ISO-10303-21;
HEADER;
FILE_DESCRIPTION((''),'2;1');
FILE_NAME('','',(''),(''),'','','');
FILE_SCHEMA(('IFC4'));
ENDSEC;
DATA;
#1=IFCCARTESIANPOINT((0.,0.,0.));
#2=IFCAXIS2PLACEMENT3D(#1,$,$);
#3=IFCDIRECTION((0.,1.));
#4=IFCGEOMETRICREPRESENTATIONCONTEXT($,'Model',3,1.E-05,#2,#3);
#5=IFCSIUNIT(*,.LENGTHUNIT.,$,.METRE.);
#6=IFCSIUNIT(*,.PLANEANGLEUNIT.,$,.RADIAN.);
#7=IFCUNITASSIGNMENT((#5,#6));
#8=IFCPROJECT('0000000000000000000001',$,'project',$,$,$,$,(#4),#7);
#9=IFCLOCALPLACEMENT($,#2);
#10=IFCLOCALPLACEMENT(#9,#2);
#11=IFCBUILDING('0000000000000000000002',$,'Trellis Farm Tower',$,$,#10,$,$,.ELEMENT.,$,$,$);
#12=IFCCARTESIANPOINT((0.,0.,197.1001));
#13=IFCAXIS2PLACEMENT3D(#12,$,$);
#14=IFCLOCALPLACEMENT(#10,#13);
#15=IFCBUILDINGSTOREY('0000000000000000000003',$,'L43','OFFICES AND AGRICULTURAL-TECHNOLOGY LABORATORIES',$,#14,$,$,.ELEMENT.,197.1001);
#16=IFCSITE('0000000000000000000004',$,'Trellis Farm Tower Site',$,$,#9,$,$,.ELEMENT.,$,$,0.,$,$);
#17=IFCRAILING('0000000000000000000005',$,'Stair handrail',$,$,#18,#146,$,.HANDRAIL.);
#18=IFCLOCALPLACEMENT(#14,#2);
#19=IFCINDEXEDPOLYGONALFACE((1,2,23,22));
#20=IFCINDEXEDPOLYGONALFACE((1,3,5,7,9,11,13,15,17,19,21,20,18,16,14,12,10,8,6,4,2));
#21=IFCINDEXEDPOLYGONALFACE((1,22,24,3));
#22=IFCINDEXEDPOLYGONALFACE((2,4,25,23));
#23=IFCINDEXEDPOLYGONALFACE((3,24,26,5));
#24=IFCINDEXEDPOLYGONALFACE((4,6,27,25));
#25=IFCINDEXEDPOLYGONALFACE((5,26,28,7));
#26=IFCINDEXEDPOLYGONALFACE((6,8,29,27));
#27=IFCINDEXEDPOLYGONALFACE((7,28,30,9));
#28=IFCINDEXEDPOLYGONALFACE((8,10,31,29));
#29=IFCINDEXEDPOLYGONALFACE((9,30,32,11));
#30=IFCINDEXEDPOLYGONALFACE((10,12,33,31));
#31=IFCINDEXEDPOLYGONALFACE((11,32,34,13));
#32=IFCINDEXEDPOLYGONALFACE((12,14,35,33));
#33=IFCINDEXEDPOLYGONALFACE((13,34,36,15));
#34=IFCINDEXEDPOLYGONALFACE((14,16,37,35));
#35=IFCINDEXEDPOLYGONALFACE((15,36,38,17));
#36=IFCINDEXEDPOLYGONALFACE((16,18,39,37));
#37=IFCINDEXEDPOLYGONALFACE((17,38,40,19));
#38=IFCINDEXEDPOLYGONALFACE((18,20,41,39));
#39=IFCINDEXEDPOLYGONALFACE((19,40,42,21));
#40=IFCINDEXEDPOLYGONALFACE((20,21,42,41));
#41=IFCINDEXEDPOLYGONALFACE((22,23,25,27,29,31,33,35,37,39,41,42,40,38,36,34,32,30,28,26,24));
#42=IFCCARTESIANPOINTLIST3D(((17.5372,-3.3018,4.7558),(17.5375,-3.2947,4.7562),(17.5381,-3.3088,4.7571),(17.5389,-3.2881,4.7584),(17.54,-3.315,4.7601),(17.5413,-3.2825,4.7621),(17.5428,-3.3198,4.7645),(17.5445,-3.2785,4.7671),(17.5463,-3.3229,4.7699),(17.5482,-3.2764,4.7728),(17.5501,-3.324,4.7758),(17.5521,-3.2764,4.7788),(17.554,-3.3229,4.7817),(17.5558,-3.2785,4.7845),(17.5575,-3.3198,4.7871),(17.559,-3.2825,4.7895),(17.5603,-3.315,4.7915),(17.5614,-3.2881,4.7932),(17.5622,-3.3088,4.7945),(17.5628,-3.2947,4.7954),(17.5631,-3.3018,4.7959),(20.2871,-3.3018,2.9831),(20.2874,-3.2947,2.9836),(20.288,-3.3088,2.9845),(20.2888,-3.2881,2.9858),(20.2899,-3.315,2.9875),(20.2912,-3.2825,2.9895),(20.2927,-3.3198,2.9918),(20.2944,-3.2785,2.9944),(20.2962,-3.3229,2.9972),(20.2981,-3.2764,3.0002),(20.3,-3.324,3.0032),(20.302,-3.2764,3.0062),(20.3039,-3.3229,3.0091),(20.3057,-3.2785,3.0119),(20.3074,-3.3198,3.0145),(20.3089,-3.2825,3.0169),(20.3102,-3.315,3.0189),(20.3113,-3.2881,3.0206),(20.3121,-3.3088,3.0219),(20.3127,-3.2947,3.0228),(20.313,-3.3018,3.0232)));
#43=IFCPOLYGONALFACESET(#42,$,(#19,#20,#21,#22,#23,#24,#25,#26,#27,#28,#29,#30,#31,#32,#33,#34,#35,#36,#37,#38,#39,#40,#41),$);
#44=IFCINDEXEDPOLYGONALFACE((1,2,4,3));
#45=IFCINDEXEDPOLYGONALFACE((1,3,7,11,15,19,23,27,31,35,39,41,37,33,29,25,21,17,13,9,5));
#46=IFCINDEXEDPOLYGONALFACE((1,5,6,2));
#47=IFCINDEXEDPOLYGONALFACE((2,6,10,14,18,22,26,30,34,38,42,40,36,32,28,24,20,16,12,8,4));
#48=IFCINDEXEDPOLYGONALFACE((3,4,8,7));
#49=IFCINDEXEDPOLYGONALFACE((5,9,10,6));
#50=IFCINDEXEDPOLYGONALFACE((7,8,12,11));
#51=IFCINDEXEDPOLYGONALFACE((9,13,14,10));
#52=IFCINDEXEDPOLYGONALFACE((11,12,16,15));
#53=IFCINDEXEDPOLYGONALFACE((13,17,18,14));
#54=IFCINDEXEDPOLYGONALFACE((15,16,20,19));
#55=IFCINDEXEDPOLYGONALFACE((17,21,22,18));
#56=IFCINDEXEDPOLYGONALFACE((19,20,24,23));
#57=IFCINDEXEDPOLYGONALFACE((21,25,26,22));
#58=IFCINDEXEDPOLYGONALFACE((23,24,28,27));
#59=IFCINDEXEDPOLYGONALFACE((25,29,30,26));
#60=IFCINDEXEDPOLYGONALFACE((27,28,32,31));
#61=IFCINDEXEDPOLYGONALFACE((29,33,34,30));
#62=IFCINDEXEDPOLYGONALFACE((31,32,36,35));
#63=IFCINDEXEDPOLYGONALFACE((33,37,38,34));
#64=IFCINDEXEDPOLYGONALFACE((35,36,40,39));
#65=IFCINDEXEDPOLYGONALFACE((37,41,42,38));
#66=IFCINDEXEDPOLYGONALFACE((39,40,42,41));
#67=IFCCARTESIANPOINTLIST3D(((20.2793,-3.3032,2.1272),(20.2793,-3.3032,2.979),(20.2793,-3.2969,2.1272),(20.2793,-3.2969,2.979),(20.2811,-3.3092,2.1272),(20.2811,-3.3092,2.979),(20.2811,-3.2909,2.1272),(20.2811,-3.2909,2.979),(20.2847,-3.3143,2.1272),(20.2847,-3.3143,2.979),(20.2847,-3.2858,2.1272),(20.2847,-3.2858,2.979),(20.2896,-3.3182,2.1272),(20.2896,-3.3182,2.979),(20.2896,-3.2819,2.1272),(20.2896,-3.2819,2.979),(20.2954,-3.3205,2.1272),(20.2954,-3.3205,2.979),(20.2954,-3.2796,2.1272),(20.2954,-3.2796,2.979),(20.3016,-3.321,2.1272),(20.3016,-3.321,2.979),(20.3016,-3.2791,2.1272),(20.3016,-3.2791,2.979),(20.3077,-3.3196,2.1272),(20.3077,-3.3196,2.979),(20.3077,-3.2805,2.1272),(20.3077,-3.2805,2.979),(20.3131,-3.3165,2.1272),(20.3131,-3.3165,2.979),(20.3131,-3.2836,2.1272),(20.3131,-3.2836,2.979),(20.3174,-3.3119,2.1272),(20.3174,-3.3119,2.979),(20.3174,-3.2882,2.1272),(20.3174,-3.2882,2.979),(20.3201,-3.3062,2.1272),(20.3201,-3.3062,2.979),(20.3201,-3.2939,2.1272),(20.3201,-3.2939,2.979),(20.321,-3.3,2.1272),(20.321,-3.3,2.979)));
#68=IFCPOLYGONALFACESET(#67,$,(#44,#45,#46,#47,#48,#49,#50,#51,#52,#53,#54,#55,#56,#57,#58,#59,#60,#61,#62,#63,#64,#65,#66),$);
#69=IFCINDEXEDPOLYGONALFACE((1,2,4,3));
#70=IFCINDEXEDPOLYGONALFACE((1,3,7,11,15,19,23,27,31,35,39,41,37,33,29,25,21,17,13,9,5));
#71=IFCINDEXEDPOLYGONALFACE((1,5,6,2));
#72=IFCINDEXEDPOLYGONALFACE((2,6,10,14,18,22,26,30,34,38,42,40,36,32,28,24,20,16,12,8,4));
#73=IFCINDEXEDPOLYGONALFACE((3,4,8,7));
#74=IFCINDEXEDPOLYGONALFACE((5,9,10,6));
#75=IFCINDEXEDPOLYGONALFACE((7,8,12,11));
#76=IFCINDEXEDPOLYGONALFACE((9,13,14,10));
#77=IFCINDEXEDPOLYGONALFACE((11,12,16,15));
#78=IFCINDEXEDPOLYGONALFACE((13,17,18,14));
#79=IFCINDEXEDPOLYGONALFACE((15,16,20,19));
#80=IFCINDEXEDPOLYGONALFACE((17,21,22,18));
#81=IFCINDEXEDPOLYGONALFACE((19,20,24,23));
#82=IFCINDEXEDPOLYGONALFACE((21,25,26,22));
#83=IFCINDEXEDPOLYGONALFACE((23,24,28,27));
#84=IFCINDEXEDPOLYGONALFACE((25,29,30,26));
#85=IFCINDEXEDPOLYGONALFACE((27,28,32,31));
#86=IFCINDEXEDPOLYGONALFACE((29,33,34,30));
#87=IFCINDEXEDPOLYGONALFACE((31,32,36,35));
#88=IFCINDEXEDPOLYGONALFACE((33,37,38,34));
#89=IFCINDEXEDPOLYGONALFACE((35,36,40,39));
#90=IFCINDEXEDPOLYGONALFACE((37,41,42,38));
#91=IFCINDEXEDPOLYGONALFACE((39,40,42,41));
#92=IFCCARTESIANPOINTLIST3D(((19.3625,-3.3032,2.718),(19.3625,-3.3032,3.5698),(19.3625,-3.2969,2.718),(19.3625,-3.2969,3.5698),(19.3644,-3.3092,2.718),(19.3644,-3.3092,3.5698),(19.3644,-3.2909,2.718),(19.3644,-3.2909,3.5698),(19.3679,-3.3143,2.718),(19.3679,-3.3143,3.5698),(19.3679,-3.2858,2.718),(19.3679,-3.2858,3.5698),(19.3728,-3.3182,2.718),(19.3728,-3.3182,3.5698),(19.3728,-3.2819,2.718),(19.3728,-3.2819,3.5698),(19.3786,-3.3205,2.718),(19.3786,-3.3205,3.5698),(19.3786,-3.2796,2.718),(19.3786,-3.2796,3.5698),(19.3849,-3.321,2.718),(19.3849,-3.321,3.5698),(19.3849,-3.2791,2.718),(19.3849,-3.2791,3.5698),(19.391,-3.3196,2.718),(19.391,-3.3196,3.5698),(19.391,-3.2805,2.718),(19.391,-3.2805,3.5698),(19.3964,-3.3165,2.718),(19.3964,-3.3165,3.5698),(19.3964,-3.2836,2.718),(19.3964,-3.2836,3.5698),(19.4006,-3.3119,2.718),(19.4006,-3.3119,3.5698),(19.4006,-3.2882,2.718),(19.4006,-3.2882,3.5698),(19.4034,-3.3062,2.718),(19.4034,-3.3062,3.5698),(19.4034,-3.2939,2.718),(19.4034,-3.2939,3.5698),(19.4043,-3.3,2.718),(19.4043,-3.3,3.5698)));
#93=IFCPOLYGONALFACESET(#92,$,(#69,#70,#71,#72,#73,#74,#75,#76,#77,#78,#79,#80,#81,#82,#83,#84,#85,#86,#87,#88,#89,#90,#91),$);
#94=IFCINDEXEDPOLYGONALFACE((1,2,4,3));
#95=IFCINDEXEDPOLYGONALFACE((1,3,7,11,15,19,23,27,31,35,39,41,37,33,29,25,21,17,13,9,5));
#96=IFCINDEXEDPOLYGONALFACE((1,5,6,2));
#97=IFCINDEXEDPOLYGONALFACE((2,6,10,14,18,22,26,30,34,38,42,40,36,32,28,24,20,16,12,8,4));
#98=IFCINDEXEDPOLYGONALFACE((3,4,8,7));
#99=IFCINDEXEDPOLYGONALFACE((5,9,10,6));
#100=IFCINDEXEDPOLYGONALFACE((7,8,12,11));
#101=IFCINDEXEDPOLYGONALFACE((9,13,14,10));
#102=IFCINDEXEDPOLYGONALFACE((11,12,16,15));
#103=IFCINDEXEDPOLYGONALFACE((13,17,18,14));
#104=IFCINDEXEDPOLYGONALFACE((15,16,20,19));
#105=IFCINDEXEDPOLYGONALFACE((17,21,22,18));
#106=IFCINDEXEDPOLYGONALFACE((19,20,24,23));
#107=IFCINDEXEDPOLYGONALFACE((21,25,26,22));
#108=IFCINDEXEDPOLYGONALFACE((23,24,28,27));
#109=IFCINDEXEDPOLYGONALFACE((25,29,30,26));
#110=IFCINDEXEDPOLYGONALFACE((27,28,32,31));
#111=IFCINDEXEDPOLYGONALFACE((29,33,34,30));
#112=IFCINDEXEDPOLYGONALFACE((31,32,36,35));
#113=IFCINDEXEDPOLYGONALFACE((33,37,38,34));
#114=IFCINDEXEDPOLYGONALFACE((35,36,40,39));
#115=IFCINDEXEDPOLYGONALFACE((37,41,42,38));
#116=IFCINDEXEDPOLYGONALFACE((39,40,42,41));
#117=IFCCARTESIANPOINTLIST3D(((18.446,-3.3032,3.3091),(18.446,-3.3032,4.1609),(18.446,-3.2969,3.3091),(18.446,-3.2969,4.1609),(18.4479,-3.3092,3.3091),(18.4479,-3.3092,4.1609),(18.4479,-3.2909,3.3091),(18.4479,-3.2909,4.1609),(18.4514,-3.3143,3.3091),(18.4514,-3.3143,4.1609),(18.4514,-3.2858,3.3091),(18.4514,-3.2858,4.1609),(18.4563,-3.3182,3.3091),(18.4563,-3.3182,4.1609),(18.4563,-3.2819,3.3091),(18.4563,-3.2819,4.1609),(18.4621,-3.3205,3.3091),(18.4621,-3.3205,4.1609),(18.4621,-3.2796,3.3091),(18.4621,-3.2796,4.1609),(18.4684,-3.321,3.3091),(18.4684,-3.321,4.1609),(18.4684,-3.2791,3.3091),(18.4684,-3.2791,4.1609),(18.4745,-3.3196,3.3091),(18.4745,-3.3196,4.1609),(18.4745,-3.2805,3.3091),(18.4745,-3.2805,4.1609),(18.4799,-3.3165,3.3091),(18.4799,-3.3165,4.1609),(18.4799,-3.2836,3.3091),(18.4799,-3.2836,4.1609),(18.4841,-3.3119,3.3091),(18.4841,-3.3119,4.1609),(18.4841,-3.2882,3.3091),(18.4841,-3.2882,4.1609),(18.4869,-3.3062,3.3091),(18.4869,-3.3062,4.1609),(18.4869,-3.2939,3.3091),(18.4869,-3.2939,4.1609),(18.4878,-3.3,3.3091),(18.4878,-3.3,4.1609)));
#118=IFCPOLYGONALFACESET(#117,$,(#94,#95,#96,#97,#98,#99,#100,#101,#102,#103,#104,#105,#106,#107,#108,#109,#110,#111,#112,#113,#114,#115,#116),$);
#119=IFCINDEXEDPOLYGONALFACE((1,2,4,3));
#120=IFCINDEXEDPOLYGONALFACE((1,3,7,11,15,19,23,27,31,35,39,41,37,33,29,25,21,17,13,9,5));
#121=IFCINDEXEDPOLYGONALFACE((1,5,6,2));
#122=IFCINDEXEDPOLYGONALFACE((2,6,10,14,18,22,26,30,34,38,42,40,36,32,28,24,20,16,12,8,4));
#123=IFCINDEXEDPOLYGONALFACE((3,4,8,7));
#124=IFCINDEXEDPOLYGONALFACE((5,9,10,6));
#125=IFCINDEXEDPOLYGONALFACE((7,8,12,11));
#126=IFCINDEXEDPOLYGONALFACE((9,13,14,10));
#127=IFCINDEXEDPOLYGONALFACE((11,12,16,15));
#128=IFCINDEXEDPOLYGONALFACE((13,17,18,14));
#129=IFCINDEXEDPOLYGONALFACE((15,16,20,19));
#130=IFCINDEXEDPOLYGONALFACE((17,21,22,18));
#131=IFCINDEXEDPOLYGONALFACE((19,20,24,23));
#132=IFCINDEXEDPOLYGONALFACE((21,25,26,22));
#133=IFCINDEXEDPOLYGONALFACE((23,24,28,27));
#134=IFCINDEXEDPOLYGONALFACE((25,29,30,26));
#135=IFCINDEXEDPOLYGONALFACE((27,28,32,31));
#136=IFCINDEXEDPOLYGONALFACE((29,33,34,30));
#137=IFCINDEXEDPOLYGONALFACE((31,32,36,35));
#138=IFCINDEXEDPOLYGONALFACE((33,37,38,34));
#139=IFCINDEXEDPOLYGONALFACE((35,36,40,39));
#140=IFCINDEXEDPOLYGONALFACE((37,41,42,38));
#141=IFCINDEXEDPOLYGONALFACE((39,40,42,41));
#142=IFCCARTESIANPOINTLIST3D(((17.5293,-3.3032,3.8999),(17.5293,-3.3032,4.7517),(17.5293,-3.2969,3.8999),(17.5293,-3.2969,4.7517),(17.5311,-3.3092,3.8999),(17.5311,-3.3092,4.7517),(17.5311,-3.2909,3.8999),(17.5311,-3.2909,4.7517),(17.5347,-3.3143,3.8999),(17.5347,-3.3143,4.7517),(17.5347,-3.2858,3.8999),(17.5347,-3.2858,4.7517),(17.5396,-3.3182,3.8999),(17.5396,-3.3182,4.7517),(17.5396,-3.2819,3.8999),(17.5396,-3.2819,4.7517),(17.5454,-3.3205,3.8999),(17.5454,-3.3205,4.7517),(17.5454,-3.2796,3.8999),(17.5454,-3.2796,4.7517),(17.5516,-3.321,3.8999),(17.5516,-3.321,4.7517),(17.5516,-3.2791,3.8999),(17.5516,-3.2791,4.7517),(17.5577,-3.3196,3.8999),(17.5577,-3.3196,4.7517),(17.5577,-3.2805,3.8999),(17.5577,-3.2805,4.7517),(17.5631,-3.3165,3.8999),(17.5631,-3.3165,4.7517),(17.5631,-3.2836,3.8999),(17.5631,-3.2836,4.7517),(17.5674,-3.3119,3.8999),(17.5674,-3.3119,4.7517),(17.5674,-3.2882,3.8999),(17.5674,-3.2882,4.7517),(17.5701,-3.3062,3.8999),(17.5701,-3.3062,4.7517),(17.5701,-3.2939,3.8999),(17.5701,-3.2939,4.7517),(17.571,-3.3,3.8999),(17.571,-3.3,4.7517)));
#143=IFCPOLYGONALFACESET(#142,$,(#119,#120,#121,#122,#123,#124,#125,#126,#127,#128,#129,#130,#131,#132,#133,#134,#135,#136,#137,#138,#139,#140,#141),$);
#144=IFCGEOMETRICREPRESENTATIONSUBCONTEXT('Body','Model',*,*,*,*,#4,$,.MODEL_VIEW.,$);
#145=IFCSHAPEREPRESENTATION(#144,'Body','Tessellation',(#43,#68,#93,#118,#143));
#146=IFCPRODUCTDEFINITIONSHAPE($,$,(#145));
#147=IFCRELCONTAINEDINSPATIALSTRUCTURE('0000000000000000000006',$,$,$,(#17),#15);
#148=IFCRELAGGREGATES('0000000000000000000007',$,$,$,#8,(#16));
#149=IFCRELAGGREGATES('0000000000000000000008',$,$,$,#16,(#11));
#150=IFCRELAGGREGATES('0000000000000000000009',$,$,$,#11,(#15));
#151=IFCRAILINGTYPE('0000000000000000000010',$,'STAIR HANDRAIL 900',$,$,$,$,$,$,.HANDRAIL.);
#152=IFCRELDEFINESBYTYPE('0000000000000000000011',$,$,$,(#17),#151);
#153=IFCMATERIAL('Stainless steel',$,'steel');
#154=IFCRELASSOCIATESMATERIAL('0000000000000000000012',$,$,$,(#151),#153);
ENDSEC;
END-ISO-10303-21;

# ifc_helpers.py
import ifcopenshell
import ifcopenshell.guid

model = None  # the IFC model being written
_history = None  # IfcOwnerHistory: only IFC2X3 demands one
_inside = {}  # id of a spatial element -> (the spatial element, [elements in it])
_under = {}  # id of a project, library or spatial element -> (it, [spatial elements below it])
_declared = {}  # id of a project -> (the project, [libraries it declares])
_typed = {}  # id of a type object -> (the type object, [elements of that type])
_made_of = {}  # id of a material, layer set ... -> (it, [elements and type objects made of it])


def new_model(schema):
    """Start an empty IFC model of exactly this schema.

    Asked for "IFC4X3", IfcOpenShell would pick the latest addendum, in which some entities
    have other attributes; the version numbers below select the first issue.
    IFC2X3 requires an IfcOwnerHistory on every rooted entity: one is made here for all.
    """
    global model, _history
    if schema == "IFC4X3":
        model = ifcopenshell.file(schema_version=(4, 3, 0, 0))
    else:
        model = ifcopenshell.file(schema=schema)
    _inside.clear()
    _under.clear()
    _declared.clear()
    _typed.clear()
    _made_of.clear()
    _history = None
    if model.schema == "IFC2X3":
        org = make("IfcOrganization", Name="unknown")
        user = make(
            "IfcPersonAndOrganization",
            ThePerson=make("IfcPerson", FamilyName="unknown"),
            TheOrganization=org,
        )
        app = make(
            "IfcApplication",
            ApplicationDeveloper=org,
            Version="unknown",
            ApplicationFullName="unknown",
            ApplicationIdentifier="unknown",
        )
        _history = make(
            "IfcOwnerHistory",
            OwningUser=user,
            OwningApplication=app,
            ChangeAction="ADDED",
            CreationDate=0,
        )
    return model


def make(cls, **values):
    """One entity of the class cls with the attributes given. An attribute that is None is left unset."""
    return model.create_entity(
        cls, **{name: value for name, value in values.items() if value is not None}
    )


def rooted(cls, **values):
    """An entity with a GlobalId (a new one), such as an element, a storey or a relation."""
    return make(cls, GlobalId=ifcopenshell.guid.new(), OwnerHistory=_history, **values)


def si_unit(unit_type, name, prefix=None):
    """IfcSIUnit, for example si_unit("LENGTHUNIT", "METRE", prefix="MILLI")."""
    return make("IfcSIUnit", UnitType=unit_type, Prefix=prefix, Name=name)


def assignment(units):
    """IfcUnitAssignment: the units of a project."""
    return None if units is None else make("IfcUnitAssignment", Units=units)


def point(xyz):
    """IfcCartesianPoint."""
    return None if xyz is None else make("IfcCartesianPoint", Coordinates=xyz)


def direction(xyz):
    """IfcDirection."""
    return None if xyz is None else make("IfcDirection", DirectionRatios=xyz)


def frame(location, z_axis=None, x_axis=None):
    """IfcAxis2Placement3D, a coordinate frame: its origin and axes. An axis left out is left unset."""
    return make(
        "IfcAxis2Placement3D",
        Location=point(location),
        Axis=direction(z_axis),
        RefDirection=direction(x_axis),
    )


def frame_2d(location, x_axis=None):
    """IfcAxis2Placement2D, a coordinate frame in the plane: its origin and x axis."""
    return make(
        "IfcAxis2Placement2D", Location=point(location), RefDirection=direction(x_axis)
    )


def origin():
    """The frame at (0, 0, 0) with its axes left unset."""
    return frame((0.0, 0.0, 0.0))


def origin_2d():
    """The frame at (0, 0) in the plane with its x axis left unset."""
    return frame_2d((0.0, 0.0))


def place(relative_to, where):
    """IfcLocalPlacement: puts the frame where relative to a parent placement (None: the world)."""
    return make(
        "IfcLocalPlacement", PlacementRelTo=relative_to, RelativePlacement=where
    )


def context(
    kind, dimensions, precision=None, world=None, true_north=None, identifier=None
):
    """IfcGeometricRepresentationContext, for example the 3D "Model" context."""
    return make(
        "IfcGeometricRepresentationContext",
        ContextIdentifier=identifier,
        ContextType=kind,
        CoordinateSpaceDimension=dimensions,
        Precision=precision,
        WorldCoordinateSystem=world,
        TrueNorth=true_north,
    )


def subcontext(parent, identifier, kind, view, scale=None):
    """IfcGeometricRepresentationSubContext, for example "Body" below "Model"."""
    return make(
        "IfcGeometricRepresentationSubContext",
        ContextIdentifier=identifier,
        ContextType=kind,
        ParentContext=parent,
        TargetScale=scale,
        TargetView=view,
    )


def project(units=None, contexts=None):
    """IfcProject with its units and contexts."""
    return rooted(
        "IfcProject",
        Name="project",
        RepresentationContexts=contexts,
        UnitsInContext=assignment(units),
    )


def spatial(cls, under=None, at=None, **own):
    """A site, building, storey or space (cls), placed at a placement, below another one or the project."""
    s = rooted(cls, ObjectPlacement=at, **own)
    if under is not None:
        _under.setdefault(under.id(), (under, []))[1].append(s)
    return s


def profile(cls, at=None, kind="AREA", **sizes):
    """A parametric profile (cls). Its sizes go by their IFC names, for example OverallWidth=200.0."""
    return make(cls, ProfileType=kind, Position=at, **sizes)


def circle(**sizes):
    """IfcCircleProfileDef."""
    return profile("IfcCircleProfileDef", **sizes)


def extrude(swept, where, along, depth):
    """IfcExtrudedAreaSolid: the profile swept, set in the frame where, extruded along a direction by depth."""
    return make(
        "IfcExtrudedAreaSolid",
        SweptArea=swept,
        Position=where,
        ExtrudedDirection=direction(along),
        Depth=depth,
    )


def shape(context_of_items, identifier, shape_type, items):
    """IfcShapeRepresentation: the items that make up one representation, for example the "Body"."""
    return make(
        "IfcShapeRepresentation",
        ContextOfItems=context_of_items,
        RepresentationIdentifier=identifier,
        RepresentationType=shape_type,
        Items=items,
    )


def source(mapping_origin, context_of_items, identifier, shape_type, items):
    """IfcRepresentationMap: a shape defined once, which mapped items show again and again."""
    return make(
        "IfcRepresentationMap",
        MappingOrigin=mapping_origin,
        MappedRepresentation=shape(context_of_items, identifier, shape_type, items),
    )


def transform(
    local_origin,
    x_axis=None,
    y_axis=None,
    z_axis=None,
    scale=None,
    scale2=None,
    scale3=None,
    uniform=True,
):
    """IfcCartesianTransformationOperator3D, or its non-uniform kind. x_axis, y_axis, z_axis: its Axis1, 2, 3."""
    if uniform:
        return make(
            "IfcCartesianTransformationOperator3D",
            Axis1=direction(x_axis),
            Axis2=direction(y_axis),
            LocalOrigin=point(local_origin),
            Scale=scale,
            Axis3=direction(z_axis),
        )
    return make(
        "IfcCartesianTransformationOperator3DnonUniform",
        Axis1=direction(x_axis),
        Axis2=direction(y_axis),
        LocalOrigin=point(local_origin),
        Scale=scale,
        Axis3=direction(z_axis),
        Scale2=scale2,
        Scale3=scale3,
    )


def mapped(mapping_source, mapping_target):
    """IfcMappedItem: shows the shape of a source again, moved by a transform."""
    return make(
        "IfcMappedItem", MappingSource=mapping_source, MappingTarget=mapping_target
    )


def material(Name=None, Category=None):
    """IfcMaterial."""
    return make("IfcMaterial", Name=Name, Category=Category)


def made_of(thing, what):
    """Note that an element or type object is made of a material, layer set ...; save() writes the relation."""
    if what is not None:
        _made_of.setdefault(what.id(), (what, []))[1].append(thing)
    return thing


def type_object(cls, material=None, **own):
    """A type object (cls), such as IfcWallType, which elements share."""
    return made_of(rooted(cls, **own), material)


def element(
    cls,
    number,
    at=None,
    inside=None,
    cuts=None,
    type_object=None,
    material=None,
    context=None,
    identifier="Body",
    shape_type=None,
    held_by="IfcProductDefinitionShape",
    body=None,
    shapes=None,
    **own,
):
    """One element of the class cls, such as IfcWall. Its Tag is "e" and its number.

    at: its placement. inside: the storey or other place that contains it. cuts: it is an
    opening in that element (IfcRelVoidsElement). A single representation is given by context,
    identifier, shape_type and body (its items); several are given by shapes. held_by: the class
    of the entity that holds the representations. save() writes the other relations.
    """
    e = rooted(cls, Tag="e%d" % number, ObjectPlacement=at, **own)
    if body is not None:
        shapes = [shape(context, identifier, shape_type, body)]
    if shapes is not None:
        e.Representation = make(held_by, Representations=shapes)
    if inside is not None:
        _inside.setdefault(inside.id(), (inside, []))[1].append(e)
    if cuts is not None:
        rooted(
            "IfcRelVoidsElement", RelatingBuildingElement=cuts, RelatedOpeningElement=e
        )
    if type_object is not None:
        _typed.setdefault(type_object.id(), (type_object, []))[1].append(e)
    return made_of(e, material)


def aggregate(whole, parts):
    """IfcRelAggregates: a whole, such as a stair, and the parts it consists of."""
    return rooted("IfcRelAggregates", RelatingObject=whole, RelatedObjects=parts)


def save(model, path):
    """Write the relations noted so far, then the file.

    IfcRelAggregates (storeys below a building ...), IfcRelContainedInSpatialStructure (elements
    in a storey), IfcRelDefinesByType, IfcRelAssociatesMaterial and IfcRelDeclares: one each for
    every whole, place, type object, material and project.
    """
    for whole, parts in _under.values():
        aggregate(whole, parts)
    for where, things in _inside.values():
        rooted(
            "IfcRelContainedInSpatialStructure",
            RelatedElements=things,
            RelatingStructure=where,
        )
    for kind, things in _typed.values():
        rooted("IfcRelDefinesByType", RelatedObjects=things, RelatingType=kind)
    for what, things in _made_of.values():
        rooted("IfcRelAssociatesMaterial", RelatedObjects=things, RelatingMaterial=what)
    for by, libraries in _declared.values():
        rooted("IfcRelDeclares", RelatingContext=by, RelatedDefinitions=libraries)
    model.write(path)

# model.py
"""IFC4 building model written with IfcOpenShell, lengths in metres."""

from ifc_helpers import new_model, si_unit, direction, frame, origin, origin_2d, place, context, subcontext, project, spatial, circle, extrude, source, transform, mapped, material, type_object, element, save


model = new_model("IFC4")

# Units and contexts
model_context = context("Model", 3, precision=1e-05, world=origin(), true_north=direction((0.0, 1.0)))
body_context = subcontext(model_context, "Body", "Model", "MODEL_VIEW")
ifc_project = project(units=[si_unit("LENGTHUNIT", "METRE"), si_unit("PLANEANGLEUNIT", "RADIAN")], contexts=[model_context])

# Site, building, storey
site_placement = place(None, origin())
site = spatial("IfcSite", under=ifc_project, at=site_placement, Name="Trellis Farm Tower Site", CompositionType="ELEMENT", RefElevation=0.0)
building_placement = place(site_placement, origin())
building = spatial("IfcBuilding", under=site, at=building_placement, Name="Trellis Farm Tower", CompositionType="ELEMENT")
storey_placement = place(building_placement, frame((0.0, 0.0, 197.1001)))
storey = spatial("IfcBuildingStorey", under=building, at=storey_placement, Name="L43", Description="OFFICES AND AGRICULTURAL-TECHNOLOGY LABORATORIES", CompositionType="ELEMENT", Elevation=197.1001)

# Railing
ifc_material_1 = material(Name="Stainless steel", Category="steel")
railing_type = type_object("IfcRailingType", Name="STAIR HANDRAIL 900", PredefinedType="HANDRAIL", material=ifc_material_1)
shared_shape_1 = source(origin(), body_context, "Body", "SweptSolid", [
    extrude(circle(Radius=0.0239, at=origin_2d()), frame((0.0, 0.0, 0.876), z_axis=(-0.840504, 0.0, 0.541806), x_axis=(0.0, -1.0, 0.0)), (0.0, 0.0, 1.0), 3.2717),
    extrude(circle(Radius=0.021, at=origin_2d()), origin(), (0.0, 0.0, 1.0), 0.8518),
    extrude(circle(Radius=0.021, at=origin_2d()), frame((-0.9167, 0.0, 0.5908)), (0.0, 0.0, 1.0), 0.8518),
    extrude(circle(Radius=0.021, at=origin_2d()), frame((-1.8333, 0.0, 1.1819)), (0.0, 0.0, 1.0), 0.8518),
    extrude(circle(Radius=0.021, at=origin_2d()), frame((-2.75, 0.0, 1.7727)), (0.0, 0.0, 1.0), 0.8518),
])
for number, where, name in (
    (1, (20.3, -3.3, 2.1272), "Stair handrail"),
):
    element("IfcRailing", number, at=place(storey_placement, frame(where)), inside=storey, type_object=railing_type, Name=name, PredefinedType="HANDRAIL", context=body_context, shape_type="MappedRepresentation", body=[
        mapped(shared_shape_1, transform((0.0, 0.0, 0.0))),
    ])

save(model, "model.ifc")
